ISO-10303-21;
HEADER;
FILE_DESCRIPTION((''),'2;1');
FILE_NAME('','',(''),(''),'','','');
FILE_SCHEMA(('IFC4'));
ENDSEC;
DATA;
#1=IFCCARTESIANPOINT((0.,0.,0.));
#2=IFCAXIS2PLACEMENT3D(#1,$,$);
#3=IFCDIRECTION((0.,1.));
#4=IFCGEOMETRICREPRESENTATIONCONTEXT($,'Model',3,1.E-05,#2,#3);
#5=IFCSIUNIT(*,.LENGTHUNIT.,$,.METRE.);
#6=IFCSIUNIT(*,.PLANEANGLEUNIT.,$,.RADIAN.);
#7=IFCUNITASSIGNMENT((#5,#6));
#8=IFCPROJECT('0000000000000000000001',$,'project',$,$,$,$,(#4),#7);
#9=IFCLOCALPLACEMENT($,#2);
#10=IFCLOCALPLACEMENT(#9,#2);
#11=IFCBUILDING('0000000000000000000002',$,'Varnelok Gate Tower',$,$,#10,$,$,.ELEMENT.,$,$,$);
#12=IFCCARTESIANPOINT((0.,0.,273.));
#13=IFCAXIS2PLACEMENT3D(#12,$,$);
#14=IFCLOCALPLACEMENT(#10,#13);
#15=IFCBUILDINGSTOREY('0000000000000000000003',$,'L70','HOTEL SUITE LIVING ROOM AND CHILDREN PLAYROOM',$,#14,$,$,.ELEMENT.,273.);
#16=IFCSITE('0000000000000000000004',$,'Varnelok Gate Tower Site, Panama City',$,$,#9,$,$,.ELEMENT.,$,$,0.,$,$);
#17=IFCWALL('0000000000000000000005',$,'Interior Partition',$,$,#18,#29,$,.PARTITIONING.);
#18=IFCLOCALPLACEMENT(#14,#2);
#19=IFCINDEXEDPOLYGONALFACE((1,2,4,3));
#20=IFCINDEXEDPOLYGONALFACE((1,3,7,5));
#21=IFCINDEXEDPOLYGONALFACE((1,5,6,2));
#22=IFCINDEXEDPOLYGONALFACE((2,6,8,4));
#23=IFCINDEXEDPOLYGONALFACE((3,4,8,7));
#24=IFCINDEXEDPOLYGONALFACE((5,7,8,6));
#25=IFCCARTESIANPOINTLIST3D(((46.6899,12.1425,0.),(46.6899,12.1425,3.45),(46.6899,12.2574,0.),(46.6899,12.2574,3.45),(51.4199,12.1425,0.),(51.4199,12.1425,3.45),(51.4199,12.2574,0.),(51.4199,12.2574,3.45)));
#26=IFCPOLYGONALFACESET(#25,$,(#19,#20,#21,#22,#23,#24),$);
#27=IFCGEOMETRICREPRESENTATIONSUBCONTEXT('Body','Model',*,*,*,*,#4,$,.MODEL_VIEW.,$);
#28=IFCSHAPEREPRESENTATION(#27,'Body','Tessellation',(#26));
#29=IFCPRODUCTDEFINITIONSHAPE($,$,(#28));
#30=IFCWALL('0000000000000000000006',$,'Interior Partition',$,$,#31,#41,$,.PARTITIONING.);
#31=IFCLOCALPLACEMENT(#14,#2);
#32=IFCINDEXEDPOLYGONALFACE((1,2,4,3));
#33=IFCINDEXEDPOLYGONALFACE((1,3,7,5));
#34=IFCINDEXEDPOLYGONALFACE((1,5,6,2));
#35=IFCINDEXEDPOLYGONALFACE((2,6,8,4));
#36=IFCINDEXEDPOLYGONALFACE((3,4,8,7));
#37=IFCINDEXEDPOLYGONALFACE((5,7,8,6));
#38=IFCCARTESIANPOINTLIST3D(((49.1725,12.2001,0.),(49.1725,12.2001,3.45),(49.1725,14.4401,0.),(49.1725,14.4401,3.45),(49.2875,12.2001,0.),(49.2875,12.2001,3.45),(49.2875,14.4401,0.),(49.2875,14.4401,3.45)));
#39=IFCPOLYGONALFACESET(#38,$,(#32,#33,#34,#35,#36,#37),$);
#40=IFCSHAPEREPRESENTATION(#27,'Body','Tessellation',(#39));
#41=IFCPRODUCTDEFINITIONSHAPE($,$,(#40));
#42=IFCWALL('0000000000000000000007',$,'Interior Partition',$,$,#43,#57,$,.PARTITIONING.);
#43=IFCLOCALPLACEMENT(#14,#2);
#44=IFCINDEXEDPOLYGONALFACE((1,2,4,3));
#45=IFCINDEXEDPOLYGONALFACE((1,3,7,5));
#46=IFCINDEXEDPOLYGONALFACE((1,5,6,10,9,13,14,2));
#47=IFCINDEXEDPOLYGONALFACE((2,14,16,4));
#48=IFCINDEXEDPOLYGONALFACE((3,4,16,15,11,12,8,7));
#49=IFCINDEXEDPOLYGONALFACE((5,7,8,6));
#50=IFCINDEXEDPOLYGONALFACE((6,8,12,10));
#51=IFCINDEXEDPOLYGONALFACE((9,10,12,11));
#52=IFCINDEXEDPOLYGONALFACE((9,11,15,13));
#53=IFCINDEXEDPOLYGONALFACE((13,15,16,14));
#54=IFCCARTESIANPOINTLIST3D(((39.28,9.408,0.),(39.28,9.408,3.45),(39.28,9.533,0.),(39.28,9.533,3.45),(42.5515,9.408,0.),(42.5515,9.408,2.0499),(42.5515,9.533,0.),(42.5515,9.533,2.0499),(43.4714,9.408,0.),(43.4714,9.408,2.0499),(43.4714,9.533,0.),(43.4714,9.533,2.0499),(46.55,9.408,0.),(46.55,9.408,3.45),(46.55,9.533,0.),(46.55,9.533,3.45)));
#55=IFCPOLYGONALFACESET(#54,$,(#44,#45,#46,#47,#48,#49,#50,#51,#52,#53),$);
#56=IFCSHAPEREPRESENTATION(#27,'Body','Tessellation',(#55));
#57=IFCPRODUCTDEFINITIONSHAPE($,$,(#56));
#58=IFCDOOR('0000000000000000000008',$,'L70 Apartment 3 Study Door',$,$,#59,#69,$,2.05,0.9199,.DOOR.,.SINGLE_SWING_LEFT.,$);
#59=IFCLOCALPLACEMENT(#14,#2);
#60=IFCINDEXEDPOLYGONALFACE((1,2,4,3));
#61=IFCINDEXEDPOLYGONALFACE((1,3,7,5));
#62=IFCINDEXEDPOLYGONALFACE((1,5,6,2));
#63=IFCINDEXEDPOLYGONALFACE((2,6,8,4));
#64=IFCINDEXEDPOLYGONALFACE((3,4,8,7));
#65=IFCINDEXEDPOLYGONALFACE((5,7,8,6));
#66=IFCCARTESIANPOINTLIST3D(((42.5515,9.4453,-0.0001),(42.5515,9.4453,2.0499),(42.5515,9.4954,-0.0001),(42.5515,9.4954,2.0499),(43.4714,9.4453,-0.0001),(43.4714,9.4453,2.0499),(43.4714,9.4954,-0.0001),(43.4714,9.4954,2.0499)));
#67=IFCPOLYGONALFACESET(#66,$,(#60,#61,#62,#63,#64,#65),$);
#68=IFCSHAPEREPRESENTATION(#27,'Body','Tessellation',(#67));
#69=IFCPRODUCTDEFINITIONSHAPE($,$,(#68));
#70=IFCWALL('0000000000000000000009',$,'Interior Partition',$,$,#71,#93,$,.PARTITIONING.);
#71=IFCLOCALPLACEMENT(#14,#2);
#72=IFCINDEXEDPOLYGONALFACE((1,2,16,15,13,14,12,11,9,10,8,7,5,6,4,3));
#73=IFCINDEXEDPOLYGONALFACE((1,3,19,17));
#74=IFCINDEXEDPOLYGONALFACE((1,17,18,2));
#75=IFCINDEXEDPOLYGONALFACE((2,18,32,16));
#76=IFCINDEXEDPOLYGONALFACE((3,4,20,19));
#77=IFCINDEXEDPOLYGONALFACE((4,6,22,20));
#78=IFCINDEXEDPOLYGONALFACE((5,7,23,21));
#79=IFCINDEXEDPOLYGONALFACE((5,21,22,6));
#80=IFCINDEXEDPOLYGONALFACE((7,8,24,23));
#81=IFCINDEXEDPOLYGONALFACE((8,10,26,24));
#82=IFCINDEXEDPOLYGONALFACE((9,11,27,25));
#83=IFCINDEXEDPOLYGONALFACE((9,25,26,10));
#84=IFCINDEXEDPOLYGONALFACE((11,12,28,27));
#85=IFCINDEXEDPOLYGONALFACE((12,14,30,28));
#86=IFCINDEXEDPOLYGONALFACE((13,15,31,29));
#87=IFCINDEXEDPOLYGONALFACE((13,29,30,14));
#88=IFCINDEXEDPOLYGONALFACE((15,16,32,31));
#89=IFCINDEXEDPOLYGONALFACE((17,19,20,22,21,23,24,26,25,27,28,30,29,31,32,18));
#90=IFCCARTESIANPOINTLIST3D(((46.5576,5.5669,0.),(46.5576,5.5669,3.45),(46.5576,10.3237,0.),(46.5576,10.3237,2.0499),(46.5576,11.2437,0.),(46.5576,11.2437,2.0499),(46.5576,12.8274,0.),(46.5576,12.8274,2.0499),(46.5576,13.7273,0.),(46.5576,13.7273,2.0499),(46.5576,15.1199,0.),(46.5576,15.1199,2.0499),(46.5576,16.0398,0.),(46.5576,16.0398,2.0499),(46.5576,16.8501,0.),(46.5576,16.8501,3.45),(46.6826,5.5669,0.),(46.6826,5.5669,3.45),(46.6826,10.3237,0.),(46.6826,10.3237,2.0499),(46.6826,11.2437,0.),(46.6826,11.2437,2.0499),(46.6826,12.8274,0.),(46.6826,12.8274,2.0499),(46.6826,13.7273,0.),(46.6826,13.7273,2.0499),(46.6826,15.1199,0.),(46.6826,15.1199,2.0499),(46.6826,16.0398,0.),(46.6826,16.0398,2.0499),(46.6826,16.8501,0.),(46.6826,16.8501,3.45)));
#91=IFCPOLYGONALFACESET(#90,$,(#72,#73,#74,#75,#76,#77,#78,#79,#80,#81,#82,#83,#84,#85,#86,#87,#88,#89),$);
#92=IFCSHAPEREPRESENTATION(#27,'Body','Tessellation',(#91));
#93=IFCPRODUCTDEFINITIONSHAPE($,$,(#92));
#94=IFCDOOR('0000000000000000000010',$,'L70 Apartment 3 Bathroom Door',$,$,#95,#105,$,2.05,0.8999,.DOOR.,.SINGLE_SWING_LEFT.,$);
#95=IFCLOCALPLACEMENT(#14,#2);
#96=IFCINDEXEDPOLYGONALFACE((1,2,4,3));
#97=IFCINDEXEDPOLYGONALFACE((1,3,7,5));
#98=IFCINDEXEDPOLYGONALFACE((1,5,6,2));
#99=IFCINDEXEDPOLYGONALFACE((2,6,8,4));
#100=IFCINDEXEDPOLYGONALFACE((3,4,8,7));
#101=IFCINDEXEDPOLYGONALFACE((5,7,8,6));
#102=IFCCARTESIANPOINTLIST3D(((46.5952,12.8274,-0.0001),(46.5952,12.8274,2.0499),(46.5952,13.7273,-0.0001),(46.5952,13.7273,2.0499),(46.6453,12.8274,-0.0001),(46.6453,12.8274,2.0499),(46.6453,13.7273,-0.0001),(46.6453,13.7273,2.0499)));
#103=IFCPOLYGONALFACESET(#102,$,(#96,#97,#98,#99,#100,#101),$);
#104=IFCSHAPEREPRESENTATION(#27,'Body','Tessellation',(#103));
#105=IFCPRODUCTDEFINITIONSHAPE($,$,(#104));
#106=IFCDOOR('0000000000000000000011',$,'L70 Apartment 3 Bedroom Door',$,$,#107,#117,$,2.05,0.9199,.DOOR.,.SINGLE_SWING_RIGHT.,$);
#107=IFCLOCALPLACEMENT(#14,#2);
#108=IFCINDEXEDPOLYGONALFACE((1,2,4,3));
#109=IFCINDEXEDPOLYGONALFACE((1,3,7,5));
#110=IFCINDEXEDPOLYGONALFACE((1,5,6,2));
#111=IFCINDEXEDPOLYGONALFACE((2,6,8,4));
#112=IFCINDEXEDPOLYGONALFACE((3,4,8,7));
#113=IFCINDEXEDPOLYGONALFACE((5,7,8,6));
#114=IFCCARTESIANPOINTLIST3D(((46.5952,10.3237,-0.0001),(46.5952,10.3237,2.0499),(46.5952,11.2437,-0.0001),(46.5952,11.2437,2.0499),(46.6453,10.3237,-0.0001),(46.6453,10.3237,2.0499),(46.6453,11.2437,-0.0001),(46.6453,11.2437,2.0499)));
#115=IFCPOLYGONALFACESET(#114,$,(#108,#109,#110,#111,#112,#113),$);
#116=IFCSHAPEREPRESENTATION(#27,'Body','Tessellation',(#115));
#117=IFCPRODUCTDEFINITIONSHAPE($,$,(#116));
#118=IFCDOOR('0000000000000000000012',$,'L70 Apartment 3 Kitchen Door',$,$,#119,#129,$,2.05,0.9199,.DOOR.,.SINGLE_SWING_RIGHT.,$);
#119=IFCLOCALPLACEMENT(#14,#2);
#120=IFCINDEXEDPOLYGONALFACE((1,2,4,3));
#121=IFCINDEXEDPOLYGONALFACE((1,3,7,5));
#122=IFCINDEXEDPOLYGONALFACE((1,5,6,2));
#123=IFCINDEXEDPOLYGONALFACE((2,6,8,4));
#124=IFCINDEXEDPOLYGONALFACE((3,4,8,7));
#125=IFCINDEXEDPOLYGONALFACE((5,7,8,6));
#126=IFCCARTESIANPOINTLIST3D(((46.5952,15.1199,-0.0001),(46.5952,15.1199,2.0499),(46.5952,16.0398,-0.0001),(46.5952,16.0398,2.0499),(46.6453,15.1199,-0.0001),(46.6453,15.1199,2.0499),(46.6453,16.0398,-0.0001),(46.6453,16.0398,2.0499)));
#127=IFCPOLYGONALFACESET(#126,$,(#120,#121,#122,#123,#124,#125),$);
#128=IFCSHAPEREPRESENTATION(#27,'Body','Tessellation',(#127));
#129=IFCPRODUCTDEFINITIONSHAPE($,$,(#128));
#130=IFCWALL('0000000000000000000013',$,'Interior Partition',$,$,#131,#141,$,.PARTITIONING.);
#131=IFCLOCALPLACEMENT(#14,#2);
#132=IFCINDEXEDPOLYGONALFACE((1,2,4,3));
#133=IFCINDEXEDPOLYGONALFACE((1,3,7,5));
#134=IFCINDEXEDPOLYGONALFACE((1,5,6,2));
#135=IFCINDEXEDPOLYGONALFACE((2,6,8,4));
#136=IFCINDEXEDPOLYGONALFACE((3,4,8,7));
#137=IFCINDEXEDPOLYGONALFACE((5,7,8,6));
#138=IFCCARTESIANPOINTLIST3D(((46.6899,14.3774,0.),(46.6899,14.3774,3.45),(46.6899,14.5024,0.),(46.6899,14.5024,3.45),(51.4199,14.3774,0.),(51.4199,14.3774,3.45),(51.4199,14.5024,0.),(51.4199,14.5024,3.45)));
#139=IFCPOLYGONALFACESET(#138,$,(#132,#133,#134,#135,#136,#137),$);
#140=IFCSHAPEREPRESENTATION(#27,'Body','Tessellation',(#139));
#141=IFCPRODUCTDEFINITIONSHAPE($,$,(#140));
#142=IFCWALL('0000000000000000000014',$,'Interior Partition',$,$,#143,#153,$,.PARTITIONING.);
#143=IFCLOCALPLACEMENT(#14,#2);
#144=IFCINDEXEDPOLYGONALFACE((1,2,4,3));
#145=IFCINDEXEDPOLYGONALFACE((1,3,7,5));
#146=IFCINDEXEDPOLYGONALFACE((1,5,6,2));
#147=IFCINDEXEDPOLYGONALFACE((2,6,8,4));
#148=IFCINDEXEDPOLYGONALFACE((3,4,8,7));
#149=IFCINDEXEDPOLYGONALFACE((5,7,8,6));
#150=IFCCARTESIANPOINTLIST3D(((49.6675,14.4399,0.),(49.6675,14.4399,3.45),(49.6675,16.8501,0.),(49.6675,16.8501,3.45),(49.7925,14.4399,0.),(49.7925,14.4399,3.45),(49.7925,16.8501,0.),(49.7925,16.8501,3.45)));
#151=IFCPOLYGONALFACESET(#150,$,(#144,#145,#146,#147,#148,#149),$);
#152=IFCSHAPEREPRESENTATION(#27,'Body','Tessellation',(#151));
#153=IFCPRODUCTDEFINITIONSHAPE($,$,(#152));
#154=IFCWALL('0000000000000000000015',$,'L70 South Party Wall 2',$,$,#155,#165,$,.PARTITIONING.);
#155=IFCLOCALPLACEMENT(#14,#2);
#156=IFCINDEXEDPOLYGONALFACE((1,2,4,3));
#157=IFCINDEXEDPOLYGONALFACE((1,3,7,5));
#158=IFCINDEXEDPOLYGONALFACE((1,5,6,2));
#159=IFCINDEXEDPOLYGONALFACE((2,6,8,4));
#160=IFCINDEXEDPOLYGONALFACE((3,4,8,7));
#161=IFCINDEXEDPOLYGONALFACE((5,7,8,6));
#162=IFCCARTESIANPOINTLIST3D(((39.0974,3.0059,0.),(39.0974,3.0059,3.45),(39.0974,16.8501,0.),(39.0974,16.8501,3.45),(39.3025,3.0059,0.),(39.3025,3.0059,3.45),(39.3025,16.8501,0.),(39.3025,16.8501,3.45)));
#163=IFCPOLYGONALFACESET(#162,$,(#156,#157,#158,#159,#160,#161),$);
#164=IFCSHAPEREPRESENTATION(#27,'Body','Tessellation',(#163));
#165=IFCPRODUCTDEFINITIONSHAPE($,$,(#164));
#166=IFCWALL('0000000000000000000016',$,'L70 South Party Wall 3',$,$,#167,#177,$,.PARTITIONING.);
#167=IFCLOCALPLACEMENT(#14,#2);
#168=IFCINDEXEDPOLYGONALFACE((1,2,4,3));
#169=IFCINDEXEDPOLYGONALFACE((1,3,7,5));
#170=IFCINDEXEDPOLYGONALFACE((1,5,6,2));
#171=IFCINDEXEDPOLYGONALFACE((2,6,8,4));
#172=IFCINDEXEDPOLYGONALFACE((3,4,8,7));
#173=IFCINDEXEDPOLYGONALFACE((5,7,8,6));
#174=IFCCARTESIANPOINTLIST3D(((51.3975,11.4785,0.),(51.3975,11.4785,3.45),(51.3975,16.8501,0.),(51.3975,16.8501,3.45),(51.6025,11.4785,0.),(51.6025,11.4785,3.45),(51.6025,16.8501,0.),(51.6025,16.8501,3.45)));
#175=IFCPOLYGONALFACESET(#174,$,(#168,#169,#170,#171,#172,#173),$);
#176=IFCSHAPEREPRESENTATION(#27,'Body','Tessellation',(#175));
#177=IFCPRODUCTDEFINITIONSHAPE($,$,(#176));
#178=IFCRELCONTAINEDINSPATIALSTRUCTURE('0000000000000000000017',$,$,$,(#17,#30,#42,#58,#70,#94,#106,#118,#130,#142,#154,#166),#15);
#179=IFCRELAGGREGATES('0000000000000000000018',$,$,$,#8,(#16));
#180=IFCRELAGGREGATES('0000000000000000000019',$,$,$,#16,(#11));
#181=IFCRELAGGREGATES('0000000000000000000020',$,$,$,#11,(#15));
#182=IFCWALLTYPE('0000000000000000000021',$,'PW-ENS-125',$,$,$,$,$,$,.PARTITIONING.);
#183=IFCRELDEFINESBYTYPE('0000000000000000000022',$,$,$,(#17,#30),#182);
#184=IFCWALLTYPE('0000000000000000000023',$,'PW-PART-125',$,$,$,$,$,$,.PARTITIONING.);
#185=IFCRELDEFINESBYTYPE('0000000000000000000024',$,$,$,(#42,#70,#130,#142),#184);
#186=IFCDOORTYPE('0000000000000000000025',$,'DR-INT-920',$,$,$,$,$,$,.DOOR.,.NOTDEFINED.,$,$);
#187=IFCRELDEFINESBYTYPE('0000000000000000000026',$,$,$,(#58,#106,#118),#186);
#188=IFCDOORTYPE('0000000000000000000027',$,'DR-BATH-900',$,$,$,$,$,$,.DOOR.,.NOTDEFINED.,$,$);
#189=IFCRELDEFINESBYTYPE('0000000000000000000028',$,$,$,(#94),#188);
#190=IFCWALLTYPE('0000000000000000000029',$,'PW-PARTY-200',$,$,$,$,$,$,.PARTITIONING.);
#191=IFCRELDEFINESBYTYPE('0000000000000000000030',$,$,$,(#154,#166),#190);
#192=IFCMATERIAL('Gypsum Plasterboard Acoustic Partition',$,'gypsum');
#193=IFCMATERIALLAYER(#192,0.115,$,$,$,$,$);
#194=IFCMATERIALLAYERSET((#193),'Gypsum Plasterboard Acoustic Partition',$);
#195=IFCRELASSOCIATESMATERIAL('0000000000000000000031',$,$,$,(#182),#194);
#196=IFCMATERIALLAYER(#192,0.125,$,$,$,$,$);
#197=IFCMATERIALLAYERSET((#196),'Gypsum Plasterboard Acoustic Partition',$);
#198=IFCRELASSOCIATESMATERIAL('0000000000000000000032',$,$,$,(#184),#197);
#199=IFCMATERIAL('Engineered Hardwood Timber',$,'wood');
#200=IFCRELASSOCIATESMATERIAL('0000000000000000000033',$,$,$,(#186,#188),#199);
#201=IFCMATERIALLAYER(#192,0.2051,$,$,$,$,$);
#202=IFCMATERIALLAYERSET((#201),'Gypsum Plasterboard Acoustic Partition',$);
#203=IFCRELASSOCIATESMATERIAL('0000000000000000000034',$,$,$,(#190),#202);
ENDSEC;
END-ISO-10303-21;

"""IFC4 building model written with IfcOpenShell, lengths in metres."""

from ifc_helpers import new_model, si_unit, direction, frame, frame_2d, origin, place, context, subcontext, project, spatial, rectangle, extrude, material, layer, layer_set, type_object, element, fill, save


model = new_model("IFC4")

# Units and contexts
model_context = context("Model", 3, precision=1e-05, world=origin(), true_north=direction((0.0, 1.0)))
body_context = subcontext(model_context, "Body", "Model", "MODEL_VIEW")
ifc_project = project(units=[si_unit("LENGTHUNIT", "METRE"), si_unit("PLANEANGLEUNIT", "RADIAN")], contexts=[model_context])

# Site, building, storey
site_placement = place(None, origin())
site = spatial("IfcSite", under=ifc_project, at=site_placement, Name="Varnelok Gate Tower Site, Panama City", CompositionType="ELEMENT", RefElevation=0.0)
building_placement = place(site_placement, origin())
building = spatial("IfcBuilding", under=site, at=building_placement, Name="Varnelok Gate Tower", CompositionType="ELEMENT")
storey_placement = place(building_placement, frame((0.0, 0.0, 273.0)))
storey = spatial("IfcBuildingStorey", under=building, at=storey_placement, Name="L70", Description="HOTEL SUITE LIVING ROOM AND CHILDREN PLAYROOM", CompositionType="ELEMENT", Elevation=273.0)

# Walls
ifc_material_1 = material(Name="Gypsum Plasterboard Acoustic Partition", Category="gypsum")
ifc_layer_1 = layer(ifc_material_1, 0.115)
ifc_layer_set_1 = layer_set([ifc_layer_1], Name="Gypsum Plasterboard Acoustic Partition")
wall_type_1 = type_object("IfcWallType", Name="PW-ENS-125", PredefinedType="PARTITIONING", material=ifc_layer_set_1)
wall_1_placement = place(storey_placement, frame((46.6899, 12.2, 0.0), z_axis=(0.0, 0.0, 1.0), x_axis=(1.0, 0.0, 0.0)))
element("IfcWall", 1, at=wall_1_placement, inside=storey, type_object=wall_type_1, Name="Interior Partition", PredefinedType="PARTITIONING", context=body_context, shape_type="SweptSolid", body=[
    extrude(rectangle(XDim=4.73, YDim=0.115, at=frame_2d((2.365, 0.0))), origin(), (0.0, 0.0, 1.0), 3.45),
])
wall_2_placement = place(storey_placement, frame((49.23, 12.2, 0.0), z_axis=(0.0, 0.0, 1.0), x_axis=(0.0, 1.0, 0.0)))
element("IfcWall", 2, at=wall_2_placement, inside=storey, type_object=wall_type_1, Name="Interior Partition", PredefinedType="PARTITIONING", context=body_context, shape_type="SweptSolid", body=[
    extrude(rectangle(XDim=2.24, YDim=0.115, at=frame_2d((1.1201, 0.0))), origin(), (0.0, 0.0, 1.0), 3.45),
])

# Wall, opening, door
ifc_layer_2 = layer(ifc_material_1, 0.125)
ifc_layer_set_2 = layer_set([ifc_layer_2], Name="Gypsum Plasterboard Acoustic Partition")
wall_type_2 = type_object("IfcWallType", Name="PW-PART-125", PredefinedType="PARTITIONING", material=ifc_layer_set_2)
wall_3_placement = place(storey_placement, frame((39.28, 9.4705, 0.0), z_axis=(0.0, 0.0, 1.0), x_axis=(1.0, 0.0, 0.0)))
wall_3 = element("IfcWall", 3, at=wall_3_placement, inside=storey, type_object=wall_type_2, Name="Interior Partition", PredefinedType="PARTITIONING", context=body_context, shape_type="SweptSolid", body=[
    extrude(rectangle(XDim=7.27, YDim=0.125, at=frame_2d((3.635, 0.0))), origin(), (0.0, 0.0, 1.0), 3.45),
])
opening_1_placement = place(wall_3_placement, frame((3.2715, 0.0, 0.0)))
opening_1 = element("IfcOpeningElement", 4, at=opening_1_placement, cuts=wall_3, PredefinedType="OPENING", context=body_context, shape_type="SweptSolid", body=[
    extrude(rectangle(XDim=0.9199, YDim=2.05, at=frame_2d((0.46, 1.0249))), frame((0.0, 0.0725, 0.0), z_axis=(0.0, -1.0, 0.0), x_axis=(1.0, 0.0, 0.0)), (0.0, 0.0, 1.0), 0.145),
])
ifc_material_2 = material(Name="Engineered Hardwood Timber", Category="wood")
door_type_1 = type_object("IfcDoorType", Name="DR-INT-920", OperationType="NOTDEFINED", PredefinedType="DOOR", material=ifc_material_2)
door_1_placement = place(opening_1_placement, origin())
door_1 = element("IfcDoor", 5, at=door_1_placement, inside=storey, type_object=door_type_1, Name="L70 Apartment 3 Study Door", OperationType="SINGLE_SWING_LEFT", OverallHeight=2.05, OverallWidth=0.9199, PredefinedType="DOOR", context=body_context, shape_type="SweptSolid", body=[
    extrude(rectangle(XDim=0.9199, YDim=2.05, at=frame_2d((0.46, 1.0249))), frame((0.0, 0.0249, 0.0), z_axis=(0.0, -1.0, 0.0), x_axis=(1.0, 0.0, 0.0)), (0.0, 0.0, 1.0), 0.05),
])
fill(opening_1, door_1)

# Wall, openings, doors
wall_4_placement = place(storey_placement, frame((46.6201, 5.5669, 0.0), z_axis=(0.0, 0.0, 1.0), x_axis=(0.0, 1.0, 0.0)))
wall_4 = element("IfcWall", 6, at=wall_4_placement, inside=storey, type_object=wall_type_2, Name="Interior Partition", PredefinedType="PARTITIONING", context=body_context, shape_type="SweptSolid", body=[
    extrude(rectangle(XDim=11.2832, YDim=0.125, at=frame_2d((5.6416, 0.0))), origin(), (0.0, 0.0, 1.0), 3.45),
])
opening_2_placement = place(wall_4_placement, frame((4.7568, 0.0, 0.0)))
opening_2 = element("IfcOpeningElement", 7, at=opening_2_placement, cuts=wall_4, PredefinedType="OPENING", context=body_context, shape_type="SweptSolid", body=[
    extrude(rectangle(XDim=0.9199, YDim=2.05, at=frame_2d((0.46, 1.0249))), frame((0.0, 0.0725, 0.0), z_axis=(0.0, -1.0, 0.0), x_axis=(1.0, 0.0, 0.0)), (0.0, 0.0, 1.0), 0.145),
])
opening_3_placement = place(wall_4_placement, frame((7.2605, 0.0, 0.0)))
opening_3 = element("IfcOpeningElement", 8, at=opening_3_placement, cuts=wall_4, PredefinedType="OPENING", context=body_context, shape_type="SweptSolid", body=[
    extrude(rectangle(XDim=0.8999, YDim=2.05, at=frame_2d((0.45, 1.0249))), frame((0.0, 0.0725, 0.0), z_axis=(0.0, -1.0, 0.0), x_axis=(1.0, 0.0, 0.0)), (0.0, 0.0, 1.0), 0.145),
])
opening_4_placement = place(wall_4_placement, frame((9.553, 0.0, 0.0)))
opening_4 = element("IfcOpeningElement", 9, at=opening_4_placement, cuts=wall_4, PredefinedType="OPENING", context=body_context, shape_type="SweptSolid", body=[
    extrude(rectangle(XDim=0.9199, YDim=2.05, at=frame_2d((0.46, 1.0249))), frame((0.0, 0.0725, 0.0), z_axis=(0.0, -1.0, 0.0), x_axis=(1.0, 0.0, 0.0)), (0.0, 0.0, 1.0), 0.145),
])
door_type_2 = type_object("IfcDoorType", Name="DR-BATH-900", OperationType="NOTDEFINED", PredefinedType="DOOR", material=ifc_material_2)
door_2_placement = place(opening_3_placement, origin())
door_2 = element("IfcDoor", 10, at=door_2_placement, inside=storey, type_object=door_type_2, Name="L70 Apartment 3 Bathroom Door", OperationType="SINGLE_SWING_LEFT", OverallHeight=2.05, OverallWidth=0.8999, PredefinedType="DOOR", context=body_context, shape_type="SweptSolid", body=[
    extrude(rectangle(XDim=0.8999, YDim=2.05, at=frame_2d((0.45, 1.0249))), frame((0.0, 0.0249, 0.0), z_axis=(0.0, -1.0, 0.0), x_axis=(1.0, 0.0, 0.0)), (0.0, 0.0, 1.0), 0.05),
])
fill(opening_3, door_2)
door_3_placement = place(opening_2_placement, origin())
door_3 = element("IfcDoor", 11, at=door_3_placement, inside=storey, type_object=door_type_1, Name="L70 Apartment 3 Bedroom Door", OperationType="SINGLE_SWING_RIGHT", OverallHeight=2.05, OverallWidth=0.9199, PredefinedType="DOOR", context=body_context, shape_type="SweptSolid", body=[
    extrude(rectangle(XDim=0.9199, YDim=2.05, at=frame_2d((0.46, 1.0249))), frame((0.0, 0.0249, 0.0), z_axis=(0.0, -1.0, 0.0), x_axis=(1.0, 0.0, 0.0)), (0.0, 0.0, 1.0), 0.05),
])
fill(opening_2, door_3)
door_4_placement = place(opening_4_placement, origin())
door_4 = element("IfcDoor", 12, at=door_4_placement, inside=storey, type_object=door_type_1, Name="L70 Apartment 3 Kitchen Door", OperationType="SINGLE_SWING_RIGHT", OverallHeight=2.05, OverallWidth=0.9199, PredefinedType="DOOR", context=body_context, shape_type="SweptSolid", body=[
    extrude(rectangle(XDim=0.9199, YDim=2.05, at=frame_2d((0.46, 1.0249))), frame((0.0, 0.0249, 0.0), z_axis=(0.0, -1.0, 0.0), x_axis=(1.0, 0.0, 0.0)), (0.0, 0.0, 1.0), 0.05),
])
fill(opening_4, door_4)

# Walls
wall_5_placement = place(storey_placement, frame((46.6899, 14.4399, 0.0), z_axis=(0.0, 0.0, 1.0), x_axis=(1.0, 0.0, 0.0)))
element("IfcWall", 13, at=wall_5_placement, inside=storey, type_object=wall_type_2, Name="Interior Partition", PredefinedType="PARTITIONING", context=body_context, shape_type="SweptSolid", body=[
    extrude(rectangle(XDim=4.73, YDim=0.125, at=frame_2d((2.365, 0.0))), origin(), (0.0, 0.0, 1.0), 3.45),
])
wall_6_placement = place(storey_placement, frame((49.73, 14.4399, 0.0), z_axis=(0.0, 0.0, 1.0), x_axis=(0.0, 1.0, 0.0)))
element("IfcWall", 14, at=wall_6_placement, inside=storey, type_object=wall_type_2, Name="Interior Partition", PredefinedType="PARTITIONING", context=body_context, shape_type="SweptSolid", body=[
    extrude(rectangle(XDim=2.4102, YDim=0.125, at=frame_2d((1.2051, 0.0))), origin(), (0.0, 0.0, 1.0), 3.45),
])
ifc_layer_3 = layer(ifc_material_1, 0.2051)
ifc_layer_set_3 = layer_set([ifc_layer_3], Name="Gypsum Plasterboard Acoustic Partition")
wall_type_3 = type_object("IfcWallType", Name="PW-PARTY-200", PredefinedType="PARTITIONING", material=ifc_layer_set_3)
wall_7_placement = place(storey_placement, frame((39.2, 3.0059, 0.0), z_axis=(0.0, 0.0, 1.0), x_axis=(0.0, 1.0, 0.0)))
element("IfcWall", 15, at=wall_7_placement, inside=storey, type_object=wall_type_3, Name="L70 South Party Wall 2", PredefinedType="PARTITIONING", context=body_context, shape_type="SweptSolid", body=[
    extrude(rectangle(XDim=13.8442, YDim=0.2051, at=frame_2d((6.9221, 0.0))), origin(), (0.0, 0.0, 1.0), 3.45),
])
wall_8_placement = place(storey_placement, frame((51.5, 11.4785, 0.0), z_axis=(0.0, 0.0, 1.0), x_axis=(0.0, 1.0, 0.0)))
element("IfcWall", 16, at=wall_8_placement, inside=storey, type_object=wall_type_3, Name="L70 South Party Wall 3", PredefinedType="PARTITIONING", context=body_context, shape_type="SweptSolid", body=[
    extrude(rectangle(XDim=5.3716, YDim=0.2051, at=frame_2d((2.6858, 0.0))), origin(), (0.0, 0.0, 1.0), 3.45),
])

save(model, "model.ifc")
